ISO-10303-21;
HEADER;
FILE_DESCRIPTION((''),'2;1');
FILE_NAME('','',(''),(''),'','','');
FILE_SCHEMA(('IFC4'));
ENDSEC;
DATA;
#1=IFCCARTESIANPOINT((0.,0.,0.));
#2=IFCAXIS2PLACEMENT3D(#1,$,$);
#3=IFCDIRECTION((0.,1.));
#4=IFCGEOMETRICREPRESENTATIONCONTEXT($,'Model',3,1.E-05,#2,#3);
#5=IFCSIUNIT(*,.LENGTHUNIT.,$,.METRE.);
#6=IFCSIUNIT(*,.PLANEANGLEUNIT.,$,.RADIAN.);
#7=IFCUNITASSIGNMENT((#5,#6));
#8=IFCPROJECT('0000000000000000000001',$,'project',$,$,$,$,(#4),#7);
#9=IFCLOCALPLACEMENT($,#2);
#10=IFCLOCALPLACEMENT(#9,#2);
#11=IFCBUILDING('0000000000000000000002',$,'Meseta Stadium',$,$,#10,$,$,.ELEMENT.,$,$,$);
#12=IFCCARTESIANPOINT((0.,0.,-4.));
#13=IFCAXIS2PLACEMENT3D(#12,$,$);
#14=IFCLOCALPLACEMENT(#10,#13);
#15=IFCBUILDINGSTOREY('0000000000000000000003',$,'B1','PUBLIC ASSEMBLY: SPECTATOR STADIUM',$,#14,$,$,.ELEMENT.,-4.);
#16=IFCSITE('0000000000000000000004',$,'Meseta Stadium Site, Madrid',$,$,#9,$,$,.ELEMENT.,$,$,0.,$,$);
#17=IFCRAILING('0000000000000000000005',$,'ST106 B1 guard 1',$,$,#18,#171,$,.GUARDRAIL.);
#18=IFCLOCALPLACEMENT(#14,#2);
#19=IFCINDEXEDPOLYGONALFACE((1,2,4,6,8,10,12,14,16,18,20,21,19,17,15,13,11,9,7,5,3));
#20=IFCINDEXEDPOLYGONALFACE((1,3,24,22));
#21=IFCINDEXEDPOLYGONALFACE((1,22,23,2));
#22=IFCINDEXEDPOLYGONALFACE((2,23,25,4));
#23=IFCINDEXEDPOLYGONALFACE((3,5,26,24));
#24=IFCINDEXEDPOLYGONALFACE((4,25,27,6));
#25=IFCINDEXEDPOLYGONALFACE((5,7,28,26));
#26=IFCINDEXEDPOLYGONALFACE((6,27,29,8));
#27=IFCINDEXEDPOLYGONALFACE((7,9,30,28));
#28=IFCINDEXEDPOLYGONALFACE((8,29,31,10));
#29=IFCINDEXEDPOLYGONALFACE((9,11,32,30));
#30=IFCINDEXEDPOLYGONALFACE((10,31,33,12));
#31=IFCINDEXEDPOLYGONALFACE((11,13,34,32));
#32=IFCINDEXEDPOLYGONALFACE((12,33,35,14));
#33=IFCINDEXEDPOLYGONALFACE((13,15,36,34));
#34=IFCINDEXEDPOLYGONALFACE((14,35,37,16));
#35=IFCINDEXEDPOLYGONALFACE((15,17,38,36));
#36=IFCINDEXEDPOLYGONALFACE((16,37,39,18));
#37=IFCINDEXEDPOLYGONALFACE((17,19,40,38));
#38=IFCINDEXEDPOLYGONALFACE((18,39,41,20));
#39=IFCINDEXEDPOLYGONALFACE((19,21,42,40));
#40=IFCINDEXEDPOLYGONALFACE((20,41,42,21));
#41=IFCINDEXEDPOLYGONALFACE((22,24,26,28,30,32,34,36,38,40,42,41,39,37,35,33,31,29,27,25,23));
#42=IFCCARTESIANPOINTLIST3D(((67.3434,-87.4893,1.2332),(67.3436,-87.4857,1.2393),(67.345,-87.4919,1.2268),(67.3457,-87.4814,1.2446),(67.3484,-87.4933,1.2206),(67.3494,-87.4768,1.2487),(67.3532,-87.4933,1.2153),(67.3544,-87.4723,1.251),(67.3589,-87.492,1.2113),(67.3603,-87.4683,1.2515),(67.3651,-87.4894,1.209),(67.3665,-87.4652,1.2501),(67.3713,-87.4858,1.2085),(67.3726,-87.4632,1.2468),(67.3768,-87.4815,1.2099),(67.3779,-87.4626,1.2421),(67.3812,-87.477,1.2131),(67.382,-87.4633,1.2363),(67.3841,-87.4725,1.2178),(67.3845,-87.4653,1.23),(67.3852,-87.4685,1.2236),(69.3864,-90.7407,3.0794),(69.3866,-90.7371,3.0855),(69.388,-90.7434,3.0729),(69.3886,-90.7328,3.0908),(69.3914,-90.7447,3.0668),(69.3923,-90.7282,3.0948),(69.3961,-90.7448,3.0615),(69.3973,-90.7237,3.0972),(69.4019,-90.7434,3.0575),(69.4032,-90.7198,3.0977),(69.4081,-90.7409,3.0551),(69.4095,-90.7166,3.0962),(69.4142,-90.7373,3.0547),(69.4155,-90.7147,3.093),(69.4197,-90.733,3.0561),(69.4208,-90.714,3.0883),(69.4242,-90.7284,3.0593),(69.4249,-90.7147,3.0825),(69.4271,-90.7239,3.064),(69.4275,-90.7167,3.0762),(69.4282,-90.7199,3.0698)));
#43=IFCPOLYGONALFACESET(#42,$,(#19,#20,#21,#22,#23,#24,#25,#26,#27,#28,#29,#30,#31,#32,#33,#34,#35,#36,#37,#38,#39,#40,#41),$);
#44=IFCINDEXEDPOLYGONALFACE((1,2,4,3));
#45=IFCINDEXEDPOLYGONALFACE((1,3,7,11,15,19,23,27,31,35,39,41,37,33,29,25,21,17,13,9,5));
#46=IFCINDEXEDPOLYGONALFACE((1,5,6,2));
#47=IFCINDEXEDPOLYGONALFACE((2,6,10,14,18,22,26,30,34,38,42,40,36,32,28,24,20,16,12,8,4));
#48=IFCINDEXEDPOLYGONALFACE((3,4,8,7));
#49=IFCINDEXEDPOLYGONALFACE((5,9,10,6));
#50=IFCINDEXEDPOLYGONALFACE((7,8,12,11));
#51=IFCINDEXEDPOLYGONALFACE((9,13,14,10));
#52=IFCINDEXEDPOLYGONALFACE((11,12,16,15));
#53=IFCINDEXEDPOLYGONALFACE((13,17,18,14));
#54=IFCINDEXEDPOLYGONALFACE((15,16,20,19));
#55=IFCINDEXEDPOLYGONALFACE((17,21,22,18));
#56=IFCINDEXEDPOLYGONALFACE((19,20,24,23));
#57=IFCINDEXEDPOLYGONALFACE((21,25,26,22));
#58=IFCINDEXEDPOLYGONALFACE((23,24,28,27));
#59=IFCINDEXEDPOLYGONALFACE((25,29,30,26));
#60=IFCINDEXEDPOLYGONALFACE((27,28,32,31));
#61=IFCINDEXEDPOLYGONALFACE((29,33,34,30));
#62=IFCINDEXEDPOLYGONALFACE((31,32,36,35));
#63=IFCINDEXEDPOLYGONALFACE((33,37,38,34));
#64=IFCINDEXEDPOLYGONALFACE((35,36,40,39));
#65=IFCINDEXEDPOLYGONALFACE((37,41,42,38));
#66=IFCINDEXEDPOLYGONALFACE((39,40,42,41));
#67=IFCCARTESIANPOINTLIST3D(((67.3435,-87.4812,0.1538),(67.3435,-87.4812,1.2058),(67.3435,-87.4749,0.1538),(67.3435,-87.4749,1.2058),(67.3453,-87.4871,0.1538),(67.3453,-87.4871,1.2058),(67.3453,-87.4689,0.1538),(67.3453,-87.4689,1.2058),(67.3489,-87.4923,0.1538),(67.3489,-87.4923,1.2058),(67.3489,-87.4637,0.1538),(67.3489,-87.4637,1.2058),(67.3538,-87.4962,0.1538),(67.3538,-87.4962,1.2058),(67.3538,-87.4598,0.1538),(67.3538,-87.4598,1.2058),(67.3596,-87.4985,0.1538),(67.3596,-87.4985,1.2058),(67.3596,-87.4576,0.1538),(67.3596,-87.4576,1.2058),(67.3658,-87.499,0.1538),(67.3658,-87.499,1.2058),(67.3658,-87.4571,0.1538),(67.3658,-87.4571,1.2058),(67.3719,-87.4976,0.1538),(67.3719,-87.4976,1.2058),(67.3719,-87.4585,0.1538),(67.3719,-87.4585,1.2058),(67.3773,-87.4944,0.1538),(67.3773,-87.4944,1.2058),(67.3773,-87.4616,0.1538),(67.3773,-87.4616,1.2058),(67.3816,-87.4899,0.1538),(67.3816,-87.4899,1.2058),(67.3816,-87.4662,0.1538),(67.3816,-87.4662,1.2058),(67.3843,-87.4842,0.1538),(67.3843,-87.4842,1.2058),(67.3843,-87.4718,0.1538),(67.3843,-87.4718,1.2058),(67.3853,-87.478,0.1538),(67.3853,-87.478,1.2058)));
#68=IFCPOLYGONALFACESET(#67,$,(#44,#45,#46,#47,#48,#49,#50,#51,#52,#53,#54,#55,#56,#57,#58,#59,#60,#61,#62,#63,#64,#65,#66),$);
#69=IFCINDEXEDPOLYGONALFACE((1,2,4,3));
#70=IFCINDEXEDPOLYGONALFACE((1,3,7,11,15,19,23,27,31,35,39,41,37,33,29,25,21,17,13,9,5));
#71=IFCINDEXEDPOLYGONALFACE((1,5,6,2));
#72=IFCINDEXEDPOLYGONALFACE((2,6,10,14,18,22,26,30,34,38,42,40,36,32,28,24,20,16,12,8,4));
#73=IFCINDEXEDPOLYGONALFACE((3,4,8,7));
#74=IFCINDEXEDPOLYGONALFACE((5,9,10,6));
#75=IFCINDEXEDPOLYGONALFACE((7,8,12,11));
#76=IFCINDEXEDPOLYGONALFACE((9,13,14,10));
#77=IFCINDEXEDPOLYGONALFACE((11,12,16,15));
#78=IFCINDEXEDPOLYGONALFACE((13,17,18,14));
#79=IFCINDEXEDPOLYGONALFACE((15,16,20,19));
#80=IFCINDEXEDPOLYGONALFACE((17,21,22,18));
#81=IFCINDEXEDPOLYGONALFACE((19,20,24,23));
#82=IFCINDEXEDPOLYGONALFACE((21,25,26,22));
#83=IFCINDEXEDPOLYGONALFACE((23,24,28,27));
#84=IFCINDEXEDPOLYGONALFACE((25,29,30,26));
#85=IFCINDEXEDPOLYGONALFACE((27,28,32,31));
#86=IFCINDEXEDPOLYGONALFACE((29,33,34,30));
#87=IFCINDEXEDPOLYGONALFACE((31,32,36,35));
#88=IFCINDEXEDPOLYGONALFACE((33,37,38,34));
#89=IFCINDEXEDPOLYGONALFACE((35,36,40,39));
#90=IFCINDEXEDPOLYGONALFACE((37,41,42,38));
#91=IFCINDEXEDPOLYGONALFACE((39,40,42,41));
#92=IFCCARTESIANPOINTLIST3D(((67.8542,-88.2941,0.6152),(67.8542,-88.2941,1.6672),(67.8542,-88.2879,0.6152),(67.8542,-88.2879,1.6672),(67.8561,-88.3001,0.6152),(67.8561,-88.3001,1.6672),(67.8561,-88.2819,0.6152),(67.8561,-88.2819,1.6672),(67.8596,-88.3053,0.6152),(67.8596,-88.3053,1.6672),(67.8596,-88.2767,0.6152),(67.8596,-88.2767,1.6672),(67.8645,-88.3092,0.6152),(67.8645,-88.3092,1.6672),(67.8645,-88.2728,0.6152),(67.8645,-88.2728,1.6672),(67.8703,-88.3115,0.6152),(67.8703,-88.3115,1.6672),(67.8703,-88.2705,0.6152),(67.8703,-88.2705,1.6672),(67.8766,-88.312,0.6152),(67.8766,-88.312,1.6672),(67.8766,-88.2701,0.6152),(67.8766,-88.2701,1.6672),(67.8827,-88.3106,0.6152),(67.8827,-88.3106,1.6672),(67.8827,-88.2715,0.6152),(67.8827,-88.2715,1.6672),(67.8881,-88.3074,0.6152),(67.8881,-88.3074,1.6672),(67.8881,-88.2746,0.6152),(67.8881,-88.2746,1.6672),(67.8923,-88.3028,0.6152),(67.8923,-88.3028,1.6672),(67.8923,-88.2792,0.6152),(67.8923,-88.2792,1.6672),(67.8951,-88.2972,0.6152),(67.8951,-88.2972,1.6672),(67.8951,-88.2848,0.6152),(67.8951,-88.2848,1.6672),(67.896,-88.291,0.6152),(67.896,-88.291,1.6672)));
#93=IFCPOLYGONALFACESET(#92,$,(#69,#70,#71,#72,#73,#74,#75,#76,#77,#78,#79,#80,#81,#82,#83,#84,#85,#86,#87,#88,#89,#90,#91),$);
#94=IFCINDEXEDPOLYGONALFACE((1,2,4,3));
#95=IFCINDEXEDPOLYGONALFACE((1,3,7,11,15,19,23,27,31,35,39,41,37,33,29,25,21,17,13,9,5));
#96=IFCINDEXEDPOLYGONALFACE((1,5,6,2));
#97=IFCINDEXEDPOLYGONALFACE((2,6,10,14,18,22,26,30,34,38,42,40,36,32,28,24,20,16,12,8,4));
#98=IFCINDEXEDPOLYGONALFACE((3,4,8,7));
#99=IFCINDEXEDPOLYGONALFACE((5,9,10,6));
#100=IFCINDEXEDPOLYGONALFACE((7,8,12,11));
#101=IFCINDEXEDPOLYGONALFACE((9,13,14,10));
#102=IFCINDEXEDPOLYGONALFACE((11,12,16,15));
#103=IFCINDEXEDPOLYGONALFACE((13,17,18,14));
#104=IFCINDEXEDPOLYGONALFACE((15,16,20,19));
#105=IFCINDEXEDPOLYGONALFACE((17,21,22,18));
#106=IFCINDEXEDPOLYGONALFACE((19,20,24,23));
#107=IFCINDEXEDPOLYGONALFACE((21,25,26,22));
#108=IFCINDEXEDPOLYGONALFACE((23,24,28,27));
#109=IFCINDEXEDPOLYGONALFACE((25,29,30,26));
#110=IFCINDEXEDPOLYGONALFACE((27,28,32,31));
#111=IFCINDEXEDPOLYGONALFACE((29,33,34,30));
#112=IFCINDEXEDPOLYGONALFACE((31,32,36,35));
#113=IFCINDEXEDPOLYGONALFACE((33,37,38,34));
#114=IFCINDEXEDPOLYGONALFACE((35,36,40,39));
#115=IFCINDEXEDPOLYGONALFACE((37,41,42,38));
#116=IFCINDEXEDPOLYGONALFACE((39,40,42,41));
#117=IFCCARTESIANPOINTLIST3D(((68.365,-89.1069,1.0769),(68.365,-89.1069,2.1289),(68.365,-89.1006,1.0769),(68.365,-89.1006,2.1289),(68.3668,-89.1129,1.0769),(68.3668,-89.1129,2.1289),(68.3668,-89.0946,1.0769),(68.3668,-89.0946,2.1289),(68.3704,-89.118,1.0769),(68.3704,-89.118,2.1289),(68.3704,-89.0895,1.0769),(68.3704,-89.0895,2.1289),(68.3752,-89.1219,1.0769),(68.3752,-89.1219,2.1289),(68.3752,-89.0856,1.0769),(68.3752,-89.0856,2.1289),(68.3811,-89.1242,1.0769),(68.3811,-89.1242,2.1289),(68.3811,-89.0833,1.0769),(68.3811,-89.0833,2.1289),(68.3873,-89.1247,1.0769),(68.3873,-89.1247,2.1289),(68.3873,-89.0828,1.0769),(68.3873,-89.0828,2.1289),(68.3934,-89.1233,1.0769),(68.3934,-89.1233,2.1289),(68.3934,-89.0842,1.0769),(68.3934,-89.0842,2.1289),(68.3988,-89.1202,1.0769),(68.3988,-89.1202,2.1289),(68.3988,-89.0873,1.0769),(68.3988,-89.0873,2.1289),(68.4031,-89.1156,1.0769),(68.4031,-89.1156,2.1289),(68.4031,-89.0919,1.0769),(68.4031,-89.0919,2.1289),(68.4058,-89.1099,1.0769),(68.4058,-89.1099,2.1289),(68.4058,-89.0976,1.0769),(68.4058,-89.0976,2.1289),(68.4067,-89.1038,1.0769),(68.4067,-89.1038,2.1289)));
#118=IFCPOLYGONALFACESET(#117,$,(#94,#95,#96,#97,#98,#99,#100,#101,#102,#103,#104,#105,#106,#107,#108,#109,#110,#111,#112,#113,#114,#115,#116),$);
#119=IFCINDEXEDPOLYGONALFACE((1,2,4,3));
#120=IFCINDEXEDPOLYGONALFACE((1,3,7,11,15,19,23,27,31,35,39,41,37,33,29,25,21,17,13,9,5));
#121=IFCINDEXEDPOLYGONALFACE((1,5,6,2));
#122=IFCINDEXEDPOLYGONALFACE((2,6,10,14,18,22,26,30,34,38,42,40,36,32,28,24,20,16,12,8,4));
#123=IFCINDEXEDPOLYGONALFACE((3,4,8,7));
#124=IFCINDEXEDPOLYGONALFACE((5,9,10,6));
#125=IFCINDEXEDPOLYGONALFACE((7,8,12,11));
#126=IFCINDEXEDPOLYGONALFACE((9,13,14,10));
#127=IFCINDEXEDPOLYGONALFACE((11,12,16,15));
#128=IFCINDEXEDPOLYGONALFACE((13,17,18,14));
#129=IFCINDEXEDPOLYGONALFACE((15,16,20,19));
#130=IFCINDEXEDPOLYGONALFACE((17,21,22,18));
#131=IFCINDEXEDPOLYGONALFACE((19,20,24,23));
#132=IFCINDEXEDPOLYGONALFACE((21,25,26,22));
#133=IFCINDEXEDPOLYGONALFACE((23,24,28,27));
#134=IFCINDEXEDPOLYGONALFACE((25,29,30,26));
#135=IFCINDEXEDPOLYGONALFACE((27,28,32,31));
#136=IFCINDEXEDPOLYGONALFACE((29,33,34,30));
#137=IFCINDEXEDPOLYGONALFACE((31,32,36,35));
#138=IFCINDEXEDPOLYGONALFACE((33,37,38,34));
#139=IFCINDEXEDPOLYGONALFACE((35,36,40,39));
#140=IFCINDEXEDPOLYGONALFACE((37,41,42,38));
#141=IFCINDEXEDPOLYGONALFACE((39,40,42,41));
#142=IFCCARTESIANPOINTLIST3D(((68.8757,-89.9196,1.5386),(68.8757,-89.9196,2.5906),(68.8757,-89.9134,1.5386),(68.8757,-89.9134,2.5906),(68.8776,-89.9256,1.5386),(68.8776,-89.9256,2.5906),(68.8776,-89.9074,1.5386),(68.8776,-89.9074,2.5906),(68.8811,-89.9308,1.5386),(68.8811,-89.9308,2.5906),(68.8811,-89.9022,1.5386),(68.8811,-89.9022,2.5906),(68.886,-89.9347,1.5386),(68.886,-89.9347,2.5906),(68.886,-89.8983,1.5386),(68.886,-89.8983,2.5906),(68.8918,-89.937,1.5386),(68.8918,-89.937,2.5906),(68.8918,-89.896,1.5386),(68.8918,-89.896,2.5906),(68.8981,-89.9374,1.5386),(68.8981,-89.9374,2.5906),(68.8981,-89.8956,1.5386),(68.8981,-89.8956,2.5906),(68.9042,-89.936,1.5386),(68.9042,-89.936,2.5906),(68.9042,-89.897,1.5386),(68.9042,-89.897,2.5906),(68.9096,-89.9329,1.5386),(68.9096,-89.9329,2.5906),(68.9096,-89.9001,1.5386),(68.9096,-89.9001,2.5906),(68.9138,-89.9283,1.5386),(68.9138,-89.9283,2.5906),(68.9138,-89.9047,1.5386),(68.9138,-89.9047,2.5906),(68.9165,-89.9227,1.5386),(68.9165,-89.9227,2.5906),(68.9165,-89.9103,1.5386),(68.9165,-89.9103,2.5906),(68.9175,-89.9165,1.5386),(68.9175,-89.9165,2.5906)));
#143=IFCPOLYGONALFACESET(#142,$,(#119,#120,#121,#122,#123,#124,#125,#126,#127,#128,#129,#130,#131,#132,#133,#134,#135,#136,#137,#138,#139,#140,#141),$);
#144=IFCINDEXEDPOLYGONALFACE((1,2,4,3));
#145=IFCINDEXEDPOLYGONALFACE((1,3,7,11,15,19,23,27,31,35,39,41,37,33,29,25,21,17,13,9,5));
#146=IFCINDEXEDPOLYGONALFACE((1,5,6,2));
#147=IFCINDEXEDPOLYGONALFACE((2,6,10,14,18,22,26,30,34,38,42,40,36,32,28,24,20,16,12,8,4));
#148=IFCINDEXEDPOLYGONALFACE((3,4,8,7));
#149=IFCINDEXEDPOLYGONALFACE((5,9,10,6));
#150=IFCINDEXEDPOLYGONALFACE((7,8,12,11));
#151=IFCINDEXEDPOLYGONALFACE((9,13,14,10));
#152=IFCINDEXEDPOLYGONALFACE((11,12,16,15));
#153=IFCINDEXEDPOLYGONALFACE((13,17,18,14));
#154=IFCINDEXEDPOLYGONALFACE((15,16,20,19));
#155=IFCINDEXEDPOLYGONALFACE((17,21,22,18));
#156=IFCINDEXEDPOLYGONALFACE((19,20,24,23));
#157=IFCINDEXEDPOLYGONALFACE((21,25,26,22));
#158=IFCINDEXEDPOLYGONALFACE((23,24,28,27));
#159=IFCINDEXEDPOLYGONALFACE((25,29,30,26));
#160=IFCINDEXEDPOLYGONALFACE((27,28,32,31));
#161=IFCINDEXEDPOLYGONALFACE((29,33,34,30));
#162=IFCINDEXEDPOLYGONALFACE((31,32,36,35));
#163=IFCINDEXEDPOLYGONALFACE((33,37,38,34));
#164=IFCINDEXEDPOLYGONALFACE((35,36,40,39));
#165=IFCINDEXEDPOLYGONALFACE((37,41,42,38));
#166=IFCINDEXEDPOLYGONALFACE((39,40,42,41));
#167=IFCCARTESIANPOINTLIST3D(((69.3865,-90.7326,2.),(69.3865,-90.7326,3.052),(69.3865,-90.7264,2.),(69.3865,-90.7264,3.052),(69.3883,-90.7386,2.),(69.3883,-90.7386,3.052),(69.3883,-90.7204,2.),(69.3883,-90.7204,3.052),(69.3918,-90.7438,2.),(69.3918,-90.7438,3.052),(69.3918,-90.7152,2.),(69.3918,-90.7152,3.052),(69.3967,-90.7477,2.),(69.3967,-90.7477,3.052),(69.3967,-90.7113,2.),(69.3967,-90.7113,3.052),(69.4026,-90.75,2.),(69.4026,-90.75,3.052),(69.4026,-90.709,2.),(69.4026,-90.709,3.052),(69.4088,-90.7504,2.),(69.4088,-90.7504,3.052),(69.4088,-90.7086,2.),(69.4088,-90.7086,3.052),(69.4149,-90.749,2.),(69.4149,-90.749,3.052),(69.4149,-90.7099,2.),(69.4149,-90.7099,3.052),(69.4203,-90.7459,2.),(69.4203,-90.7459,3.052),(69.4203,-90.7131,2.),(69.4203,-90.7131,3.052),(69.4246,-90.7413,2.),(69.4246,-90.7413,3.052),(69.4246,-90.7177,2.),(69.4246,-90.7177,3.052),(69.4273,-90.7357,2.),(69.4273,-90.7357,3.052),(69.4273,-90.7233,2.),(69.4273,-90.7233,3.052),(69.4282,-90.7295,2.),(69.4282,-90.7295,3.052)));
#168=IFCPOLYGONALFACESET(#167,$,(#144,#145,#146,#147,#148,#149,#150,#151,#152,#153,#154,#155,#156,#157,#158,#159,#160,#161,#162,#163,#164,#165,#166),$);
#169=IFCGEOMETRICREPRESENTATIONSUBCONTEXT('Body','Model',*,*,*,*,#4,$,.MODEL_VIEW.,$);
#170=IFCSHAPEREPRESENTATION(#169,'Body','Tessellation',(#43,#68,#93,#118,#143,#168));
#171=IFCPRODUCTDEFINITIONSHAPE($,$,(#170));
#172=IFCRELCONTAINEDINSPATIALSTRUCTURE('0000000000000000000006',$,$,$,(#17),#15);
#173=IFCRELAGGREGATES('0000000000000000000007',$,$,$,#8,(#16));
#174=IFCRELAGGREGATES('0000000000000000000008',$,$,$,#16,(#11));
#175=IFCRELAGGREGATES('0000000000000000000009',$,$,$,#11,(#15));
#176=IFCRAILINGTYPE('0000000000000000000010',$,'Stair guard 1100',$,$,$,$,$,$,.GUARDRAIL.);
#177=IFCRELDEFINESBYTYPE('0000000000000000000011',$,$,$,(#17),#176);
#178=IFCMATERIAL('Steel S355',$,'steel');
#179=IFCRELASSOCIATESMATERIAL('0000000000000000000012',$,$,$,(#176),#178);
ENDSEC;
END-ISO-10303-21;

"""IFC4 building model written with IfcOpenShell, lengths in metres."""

from ifc_helpers import new_model, si_unit, direction, frame, origin, origin_2d, place, context, subcontext, project, spatial, circle, extrude, material, type_object, element, save


model = new_model("IFC4")

# Units and contexts
model_context = context("Model", 3, precision=1e-05, world=origin(), true_north=direction((0.0, 1.0)))
body_context = subcontext(model_context, "Body", "Model", "MODEL_VIEW")
ifc_project = project(units=[si_unit("LENGTHUNIT", "METRE"), si_unit("PLANEANGLEUNIT", "RADIAN")], contexts=[model_context])

# Site, building, storey
site_placement = place(None, origin())
site = spatial("IfcSite", under=ifc_project, at=site_placement, Name="Meseta Stadium Site, Madrid", CompositionType="ELEMENT", RefElevation=0.0)
building_placement = place(site_placement, origin())
building = spatial("IfcBuilding", under=site, at=building_placement, Name="Meseta Stadium", CompositionType="ELEMENT")
storey_placement = place(building_placement, frame((0.0, 0.0, -4.0)))
storey = spatial("IfcBuildingStorey", under=building, at=storey_placement, Name="B1", Description="PUBLIC ASSEMBLY: SPECTATOR STADIUM", CompositionType="ELEMENT", Elevation=-4.0)

# Railing
ifc_material_1 = material(Name="Steel S355", Category="steel")
railing_type_1 = type_object("IfcRailingType", Name="Stair guard 1100", PredefinedType="GUARDRAIL", material=ifc_material_1)
railing_1_placement = place(storey_placement, frame((67.3643, -87.478, 0.1538)))
element("IfcRailing", 1, at=railing_1_placement, inside=storey, type_object=railing_type_1, Name="ST106 B1 guard 1", PredefinedType="GUARDRAIL", context=body_context, shape_type="SweptSolid", body=[
    extrude(circle(Radius=0.0239, at=origin_2d()), frame((0.0, 0.0, 1.0762), z_axis=(0.479483, -0.763117, 0.4333), x_axis=(0.846731, 0.53202, 0.0)), (0.0, 0.0, 1.0), 4.2607),
    extrude(circle(Radius=0.021, at=origin_2d()), origin(), (0.0, 0.0, 1.0), 1.052),
    extrude(circle(Radius=0.021, at=origin_2d()), frame((0.5107, -0.813, 0.4614)), (0.0, 0.0, 1.0), 1.052),
    extrude(circle(Radius=0.021, at=origin_2d()), frame((1.0215, -1.6257, 0.9231)), (0.0, 0.0, 1.0), 1.052),
    extrude(circle(Radius=0.021, at=origin_2d()), frame((1.5322, -2.4385, 1.3848)), (0.0, 0.0, 1.0), 1.052),
    extrude(circle(Radius=0.021, at=origin_2d()), frame((2.043, -3.2515, 1.8462)), (0.0, 0.0, 1.0), 1.052),
])

save(model, "model.ifc")
